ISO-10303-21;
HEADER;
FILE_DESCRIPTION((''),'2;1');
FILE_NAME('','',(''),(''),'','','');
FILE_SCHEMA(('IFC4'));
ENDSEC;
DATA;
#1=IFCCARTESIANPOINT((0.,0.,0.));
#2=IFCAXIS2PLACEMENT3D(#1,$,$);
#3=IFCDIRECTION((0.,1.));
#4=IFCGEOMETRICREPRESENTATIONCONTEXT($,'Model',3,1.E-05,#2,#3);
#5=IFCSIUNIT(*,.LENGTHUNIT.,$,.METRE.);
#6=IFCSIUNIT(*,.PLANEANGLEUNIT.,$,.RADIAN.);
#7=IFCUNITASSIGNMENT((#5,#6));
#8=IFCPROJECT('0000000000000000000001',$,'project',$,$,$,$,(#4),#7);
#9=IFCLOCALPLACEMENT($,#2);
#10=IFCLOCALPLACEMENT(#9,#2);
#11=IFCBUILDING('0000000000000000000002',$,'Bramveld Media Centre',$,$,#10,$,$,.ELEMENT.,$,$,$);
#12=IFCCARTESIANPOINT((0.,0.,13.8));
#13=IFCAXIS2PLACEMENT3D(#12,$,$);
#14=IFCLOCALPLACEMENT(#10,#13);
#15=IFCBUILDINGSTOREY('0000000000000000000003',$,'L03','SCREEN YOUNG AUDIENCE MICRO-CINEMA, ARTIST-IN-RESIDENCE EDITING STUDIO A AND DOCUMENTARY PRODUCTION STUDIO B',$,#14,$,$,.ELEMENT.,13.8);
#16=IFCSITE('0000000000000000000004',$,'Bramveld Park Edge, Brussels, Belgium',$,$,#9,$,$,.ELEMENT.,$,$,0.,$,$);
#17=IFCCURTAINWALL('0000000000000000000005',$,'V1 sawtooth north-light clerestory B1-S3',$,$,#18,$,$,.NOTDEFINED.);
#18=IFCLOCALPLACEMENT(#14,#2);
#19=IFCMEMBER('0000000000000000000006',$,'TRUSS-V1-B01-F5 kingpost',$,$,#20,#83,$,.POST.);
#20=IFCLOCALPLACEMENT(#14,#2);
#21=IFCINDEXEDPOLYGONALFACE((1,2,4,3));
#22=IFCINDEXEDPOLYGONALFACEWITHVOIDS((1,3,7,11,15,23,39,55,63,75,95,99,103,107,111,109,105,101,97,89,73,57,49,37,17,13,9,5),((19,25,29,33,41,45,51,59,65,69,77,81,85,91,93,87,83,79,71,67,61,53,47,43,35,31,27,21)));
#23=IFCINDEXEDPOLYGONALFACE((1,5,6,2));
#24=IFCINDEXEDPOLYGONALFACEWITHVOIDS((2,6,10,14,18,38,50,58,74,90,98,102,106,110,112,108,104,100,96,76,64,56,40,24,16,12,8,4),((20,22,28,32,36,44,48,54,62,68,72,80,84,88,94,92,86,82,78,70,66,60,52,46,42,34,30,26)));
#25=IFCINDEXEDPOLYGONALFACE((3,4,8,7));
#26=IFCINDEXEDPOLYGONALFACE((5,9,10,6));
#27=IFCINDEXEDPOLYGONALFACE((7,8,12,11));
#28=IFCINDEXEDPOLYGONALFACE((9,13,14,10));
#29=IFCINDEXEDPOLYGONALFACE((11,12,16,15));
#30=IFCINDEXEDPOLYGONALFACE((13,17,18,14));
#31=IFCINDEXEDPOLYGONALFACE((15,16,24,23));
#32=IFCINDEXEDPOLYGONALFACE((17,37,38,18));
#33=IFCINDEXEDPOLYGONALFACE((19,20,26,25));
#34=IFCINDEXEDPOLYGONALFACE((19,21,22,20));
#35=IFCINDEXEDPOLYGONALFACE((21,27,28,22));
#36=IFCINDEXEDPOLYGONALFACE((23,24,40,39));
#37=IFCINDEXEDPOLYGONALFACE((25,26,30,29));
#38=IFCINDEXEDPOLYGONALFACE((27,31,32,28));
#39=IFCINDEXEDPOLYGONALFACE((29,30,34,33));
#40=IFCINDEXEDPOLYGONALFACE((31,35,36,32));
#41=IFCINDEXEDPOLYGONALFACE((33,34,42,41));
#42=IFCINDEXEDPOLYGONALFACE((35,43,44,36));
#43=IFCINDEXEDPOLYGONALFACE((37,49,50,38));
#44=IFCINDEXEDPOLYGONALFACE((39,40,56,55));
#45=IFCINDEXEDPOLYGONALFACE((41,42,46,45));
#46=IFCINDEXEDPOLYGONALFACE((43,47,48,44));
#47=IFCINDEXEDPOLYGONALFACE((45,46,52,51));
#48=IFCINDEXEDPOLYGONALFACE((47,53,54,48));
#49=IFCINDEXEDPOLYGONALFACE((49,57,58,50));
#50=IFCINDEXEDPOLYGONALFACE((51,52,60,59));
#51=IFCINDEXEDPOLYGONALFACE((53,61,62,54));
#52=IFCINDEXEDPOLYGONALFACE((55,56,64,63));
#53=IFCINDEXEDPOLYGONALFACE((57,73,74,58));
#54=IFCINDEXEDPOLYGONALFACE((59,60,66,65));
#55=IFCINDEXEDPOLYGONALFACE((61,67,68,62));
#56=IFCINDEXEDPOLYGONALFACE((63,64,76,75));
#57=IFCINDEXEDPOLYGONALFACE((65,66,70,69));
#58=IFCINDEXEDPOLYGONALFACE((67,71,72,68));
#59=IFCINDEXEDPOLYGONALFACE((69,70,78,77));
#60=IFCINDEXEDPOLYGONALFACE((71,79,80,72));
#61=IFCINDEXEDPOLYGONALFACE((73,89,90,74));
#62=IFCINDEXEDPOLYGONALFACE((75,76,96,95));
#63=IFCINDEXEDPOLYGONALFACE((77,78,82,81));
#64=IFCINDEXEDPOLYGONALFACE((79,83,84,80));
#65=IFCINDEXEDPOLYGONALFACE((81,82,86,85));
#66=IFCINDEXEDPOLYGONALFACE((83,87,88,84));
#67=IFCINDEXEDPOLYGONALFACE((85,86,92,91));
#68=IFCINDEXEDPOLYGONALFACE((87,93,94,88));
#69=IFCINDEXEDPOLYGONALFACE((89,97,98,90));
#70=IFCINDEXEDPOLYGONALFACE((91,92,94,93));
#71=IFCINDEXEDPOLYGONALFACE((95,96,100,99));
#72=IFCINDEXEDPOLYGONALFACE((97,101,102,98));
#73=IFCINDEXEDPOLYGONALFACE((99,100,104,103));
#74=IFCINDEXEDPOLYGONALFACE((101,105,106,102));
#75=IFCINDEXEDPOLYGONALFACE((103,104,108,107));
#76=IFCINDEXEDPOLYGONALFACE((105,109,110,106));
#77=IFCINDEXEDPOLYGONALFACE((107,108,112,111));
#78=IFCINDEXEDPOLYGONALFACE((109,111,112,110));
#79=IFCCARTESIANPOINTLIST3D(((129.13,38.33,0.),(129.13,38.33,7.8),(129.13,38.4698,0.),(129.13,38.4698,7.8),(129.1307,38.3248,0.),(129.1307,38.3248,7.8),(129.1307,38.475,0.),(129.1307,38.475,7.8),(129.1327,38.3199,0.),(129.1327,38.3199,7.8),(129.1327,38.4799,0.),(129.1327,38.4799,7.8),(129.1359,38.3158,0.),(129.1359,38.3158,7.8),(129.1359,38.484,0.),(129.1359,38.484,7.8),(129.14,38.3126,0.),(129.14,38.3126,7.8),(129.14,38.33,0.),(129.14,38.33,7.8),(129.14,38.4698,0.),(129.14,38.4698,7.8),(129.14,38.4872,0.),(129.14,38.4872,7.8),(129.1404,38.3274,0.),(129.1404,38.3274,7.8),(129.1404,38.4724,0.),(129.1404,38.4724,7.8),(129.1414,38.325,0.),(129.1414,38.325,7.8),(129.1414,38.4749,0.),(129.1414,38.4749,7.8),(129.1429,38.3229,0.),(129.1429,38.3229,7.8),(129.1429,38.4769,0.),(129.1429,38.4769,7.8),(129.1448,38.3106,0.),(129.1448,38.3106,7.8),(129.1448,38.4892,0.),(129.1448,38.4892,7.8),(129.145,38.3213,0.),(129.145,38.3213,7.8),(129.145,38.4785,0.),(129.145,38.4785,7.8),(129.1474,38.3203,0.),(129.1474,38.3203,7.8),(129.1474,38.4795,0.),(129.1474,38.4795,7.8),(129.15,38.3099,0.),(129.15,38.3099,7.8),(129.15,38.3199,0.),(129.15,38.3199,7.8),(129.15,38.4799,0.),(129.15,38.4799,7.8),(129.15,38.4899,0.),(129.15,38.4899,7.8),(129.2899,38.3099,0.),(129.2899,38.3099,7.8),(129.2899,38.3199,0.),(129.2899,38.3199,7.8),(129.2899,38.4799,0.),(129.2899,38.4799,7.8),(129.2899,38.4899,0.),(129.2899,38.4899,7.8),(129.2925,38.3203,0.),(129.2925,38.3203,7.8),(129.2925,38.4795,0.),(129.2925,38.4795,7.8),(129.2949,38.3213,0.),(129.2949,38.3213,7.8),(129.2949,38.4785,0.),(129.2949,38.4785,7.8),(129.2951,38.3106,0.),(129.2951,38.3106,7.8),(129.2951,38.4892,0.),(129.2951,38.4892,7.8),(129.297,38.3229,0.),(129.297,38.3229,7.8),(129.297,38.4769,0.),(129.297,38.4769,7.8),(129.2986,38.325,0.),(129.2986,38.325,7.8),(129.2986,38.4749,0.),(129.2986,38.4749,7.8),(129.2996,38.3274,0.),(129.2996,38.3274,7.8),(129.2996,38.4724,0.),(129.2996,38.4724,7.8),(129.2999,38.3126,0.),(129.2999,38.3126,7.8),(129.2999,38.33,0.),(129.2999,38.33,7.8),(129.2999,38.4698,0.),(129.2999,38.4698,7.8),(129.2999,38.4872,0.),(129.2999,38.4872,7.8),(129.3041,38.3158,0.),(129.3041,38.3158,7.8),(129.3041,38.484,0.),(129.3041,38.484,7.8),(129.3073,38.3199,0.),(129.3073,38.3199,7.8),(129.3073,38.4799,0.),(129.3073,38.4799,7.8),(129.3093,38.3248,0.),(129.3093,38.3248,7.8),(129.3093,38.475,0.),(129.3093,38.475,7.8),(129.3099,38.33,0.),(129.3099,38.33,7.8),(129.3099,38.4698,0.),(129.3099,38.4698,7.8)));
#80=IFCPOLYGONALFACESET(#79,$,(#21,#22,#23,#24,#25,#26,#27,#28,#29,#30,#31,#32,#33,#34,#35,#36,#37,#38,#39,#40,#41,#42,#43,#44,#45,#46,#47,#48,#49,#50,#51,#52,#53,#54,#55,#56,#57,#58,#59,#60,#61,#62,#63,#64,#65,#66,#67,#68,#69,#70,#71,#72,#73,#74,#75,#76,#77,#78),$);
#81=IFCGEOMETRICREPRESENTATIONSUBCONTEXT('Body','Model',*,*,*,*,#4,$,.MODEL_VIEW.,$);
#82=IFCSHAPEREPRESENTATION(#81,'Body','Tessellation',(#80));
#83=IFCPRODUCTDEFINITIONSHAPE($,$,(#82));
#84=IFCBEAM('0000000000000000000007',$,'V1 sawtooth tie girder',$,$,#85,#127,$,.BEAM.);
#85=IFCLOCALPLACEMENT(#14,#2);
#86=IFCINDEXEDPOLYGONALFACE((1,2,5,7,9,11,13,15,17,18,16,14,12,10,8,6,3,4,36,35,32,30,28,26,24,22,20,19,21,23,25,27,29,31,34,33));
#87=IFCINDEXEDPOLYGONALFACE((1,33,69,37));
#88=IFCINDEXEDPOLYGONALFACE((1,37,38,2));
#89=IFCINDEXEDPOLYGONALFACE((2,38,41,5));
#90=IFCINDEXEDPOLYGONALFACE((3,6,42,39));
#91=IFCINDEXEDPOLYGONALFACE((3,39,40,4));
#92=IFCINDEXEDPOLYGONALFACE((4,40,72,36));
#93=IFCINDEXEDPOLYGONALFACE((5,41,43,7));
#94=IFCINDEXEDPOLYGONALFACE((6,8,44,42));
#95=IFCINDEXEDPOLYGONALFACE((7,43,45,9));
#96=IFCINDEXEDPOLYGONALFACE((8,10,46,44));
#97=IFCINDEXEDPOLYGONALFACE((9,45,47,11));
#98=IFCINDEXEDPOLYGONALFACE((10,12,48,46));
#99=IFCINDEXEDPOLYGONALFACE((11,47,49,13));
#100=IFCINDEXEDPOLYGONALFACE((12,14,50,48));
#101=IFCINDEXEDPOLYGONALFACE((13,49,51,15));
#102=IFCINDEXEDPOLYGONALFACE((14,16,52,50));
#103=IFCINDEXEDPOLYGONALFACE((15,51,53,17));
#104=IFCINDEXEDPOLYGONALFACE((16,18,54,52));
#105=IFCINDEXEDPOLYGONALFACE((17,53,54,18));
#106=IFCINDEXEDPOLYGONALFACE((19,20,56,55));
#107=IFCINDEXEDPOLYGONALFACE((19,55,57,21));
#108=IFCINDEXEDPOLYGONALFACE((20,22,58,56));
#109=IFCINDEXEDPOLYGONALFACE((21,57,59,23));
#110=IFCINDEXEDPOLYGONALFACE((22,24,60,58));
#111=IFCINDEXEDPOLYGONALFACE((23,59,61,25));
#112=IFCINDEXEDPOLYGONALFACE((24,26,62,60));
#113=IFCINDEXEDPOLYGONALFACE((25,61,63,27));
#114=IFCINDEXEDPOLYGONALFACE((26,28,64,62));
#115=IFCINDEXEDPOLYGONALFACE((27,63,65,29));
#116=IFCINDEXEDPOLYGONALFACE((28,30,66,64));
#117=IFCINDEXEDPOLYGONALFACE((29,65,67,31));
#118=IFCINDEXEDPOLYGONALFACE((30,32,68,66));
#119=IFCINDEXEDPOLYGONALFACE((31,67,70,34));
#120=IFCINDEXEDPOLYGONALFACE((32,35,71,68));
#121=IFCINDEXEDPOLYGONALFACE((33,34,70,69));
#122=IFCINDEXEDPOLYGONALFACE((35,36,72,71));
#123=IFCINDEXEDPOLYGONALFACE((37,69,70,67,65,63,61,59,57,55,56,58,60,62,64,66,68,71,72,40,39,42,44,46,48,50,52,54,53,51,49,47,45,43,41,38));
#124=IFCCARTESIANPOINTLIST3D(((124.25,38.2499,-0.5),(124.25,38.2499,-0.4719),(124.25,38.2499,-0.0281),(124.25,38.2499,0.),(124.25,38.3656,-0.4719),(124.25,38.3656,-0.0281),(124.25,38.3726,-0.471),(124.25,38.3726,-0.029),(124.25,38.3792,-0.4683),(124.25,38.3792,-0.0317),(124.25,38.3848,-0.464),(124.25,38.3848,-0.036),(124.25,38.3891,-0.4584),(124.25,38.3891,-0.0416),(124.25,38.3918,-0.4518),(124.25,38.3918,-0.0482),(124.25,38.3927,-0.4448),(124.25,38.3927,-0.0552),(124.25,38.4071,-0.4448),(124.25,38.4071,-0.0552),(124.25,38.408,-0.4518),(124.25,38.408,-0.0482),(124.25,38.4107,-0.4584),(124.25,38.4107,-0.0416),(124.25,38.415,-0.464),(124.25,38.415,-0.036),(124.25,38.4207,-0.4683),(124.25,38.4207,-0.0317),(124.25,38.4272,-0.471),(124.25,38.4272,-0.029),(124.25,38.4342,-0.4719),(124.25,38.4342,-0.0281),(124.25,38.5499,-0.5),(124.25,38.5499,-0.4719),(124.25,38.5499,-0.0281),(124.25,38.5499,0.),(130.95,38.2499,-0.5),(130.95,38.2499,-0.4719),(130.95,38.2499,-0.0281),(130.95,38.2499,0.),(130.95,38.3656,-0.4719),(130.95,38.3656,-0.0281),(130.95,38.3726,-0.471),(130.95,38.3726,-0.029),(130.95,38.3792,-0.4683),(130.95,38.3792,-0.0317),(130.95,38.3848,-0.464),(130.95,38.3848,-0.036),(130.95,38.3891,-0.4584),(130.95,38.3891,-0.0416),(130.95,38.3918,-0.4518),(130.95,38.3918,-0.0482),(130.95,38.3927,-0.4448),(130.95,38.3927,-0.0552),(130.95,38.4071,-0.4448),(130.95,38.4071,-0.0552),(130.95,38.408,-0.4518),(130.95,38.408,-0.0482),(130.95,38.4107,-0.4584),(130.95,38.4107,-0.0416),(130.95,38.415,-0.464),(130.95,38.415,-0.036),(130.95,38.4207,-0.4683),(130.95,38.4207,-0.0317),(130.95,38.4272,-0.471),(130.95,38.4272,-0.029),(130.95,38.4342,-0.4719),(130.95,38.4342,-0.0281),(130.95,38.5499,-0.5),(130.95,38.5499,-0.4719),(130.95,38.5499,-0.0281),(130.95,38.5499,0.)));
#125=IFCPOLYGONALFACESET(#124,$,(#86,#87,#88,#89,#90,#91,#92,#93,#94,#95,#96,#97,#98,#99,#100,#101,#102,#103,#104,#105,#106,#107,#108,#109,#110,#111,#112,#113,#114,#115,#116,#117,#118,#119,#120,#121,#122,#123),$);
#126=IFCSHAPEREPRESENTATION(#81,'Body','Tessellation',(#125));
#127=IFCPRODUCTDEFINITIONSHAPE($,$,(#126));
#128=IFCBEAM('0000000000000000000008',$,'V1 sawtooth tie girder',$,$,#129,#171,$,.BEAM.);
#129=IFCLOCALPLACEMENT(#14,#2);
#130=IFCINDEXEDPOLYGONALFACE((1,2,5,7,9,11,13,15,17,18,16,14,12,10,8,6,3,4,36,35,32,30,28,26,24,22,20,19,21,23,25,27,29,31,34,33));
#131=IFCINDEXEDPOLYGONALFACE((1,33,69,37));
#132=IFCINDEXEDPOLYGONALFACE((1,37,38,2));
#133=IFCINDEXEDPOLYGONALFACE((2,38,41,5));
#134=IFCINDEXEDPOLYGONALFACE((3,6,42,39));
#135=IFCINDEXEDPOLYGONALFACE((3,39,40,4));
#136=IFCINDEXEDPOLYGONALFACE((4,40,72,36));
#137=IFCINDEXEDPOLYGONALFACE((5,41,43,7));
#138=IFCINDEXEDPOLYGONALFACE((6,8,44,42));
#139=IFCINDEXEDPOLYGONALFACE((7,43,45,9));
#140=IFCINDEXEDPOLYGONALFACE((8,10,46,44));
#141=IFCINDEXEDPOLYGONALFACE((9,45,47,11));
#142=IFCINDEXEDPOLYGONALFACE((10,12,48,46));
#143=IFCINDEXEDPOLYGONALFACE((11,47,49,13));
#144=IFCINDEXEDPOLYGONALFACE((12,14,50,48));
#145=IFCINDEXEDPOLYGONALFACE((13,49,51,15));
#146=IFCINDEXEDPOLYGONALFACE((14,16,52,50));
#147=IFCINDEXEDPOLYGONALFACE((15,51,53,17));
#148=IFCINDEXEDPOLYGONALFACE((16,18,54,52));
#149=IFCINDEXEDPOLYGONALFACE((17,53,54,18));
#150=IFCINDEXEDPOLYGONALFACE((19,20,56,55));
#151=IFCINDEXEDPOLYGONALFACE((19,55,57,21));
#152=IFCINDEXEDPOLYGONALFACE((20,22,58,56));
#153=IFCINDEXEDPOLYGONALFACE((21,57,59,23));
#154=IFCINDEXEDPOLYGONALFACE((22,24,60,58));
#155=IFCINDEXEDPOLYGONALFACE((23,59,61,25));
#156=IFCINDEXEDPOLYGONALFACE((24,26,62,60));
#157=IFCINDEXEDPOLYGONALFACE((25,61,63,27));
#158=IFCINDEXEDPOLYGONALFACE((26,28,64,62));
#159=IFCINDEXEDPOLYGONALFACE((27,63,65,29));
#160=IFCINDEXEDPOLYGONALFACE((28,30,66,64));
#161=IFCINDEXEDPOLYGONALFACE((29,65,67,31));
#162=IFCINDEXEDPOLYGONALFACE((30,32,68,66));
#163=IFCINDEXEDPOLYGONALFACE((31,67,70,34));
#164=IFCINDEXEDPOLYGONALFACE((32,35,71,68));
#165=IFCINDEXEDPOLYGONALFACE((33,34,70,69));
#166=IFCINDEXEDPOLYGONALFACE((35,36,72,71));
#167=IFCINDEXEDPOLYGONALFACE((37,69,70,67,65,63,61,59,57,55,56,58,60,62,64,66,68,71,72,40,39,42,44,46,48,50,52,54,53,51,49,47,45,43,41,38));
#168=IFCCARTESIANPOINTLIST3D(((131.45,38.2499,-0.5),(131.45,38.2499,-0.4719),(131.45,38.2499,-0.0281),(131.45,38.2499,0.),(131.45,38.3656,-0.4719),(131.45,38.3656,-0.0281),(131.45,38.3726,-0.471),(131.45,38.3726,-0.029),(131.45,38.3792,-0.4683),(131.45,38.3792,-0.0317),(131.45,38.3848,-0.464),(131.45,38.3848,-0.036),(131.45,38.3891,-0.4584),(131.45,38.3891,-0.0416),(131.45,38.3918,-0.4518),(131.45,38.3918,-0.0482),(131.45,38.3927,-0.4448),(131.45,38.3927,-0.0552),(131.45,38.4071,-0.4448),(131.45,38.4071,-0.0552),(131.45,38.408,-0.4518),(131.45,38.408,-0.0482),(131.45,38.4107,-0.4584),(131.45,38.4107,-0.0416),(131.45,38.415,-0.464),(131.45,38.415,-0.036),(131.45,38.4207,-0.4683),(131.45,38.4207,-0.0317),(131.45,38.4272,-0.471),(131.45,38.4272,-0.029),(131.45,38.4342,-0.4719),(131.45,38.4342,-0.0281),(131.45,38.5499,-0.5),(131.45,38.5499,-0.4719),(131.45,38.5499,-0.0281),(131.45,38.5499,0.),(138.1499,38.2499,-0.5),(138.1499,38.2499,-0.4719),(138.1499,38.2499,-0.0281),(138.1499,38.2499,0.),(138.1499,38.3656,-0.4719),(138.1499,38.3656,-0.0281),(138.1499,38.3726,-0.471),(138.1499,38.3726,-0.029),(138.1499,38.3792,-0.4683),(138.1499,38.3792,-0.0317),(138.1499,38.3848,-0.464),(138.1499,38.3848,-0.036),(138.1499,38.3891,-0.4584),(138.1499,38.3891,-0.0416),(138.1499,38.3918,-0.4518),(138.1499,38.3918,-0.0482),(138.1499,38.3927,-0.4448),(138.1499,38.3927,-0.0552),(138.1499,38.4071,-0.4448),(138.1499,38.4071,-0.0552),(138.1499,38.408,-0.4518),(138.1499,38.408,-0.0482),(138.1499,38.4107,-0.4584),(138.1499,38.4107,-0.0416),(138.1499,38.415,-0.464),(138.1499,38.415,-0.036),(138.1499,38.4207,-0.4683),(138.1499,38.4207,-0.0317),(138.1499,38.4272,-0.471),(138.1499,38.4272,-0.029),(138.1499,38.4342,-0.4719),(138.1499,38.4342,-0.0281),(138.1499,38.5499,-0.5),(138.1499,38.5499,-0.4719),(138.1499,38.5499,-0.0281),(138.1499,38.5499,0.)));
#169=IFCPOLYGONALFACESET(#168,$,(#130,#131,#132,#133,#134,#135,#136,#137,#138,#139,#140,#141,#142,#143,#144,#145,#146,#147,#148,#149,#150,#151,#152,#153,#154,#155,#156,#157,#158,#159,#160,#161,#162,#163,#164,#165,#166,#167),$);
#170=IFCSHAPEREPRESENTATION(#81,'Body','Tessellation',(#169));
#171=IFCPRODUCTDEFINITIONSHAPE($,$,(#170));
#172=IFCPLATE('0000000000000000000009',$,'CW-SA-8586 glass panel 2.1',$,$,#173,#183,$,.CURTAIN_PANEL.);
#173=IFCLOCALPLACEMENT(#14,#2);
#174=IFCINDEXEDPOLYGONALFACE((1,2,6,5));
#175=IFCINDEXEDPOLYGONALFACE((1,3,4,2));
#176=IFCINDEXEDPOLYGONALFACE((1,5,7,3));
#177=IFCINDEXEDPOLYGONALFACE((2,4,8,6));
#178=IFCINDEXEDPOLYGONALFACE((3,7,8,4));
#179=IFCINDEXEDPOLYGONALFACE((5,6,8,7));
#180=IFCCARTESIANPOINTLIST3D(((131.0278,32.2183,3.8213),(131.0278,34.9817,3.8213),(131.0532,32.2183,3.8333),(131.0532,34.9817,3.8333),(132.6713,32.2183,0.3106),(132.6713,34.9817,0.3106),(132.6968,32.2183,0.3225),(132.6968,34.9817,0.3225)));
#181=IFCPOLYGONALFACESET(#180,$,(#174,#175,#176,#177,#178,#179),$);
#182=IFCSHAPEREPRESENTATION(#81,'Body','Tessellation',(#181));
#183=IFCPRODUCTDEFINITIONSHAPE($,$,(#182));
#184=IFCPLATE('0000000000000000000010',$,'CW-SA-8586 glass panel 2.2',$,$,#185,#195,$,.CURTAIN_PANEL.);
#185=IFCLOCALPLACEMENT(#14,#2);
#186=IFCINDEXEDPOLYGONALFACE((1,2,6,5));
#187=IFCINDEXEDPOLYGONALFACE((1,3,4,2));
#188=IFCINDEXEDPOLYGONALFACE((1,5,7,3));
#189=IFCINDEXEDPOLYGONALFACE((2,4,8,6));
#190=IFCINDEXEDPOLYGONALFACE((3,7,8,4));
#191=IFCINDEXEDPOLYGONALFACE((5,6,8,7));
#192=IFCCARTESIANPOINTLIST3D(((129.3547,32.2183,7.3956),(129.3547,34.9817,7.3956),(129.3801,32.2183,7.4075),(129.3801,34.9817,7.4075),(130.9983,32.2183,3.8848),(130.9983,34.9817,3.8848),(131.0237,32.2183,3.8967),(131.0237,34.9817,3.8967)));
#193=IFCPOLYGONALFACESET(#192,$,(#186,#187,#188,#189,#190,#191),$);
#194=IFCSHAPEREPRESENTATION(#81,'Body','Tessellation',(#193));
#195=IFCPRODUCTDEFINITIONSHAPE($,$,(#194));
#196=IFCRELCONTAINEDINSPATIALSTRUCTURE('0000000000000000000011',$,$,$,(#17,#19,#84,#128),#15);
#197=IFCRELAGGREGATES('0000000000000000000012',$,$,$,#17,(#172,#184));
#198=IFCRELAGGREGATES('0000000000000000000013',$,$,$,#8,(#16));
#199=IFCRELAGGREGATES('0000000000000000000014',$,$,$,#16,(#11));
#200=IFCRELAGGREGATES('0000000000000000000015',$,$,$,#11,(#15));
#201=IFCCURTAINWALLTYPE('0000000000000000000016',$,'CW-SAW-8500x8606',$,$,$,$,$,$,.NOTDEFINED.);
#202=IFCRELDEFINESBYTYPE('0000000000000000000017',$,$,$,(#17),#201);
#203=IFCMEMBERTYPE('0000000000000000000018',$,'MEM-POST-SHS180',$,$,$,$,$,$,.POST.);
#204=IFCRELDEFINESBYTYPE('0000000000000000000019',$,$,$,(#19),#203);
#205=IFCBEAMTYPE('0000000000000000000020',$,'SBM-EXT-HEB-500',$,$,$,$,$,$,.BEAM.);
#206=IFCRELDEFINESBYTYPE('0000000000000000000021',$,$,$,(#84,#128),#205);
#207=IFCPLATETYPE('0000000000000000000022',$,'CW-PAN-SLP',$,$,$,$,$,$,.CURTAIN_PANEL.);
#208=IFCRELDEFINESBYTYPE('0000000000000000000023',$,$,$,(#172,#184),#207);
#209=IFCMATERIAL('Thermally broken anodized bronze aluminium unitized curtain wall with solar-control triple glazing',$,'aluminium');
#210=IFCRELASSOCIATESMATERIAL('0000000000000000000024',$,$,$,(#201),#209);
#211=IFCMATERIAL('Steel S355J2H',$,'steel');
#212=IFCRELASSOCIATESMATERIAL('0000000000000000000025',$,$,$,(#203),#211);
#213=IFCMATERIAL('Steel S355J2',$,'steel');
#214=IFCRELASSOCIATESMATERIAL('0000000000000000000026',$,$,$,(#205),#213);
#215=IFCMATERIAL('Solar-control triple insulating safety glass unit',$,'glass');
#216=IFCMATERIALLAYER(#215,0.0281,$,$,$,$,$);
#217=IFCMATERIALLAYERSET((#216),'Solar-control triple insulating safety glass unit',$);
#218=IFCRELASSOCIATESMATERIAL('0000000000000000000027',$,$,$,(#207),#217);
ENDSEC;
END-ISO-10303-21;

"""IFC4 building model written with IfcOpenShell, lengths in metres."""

from ifc_helpers import new_model, si_unit, direction, frame, origin, origin_2d, place, context, subcontext, project, spatial, polyline, hollow_rectangle, i_section, outline, extrude, material, layer, layer_set, material_profile, profile_set, type_object, element, aggregate, save


model = new_model("IFC4")

# Units and contexts
model_context = context("Model", 3, precision=1e-05, world=origin(), true_north=direction((0.0, 1.0)))
body_context = subcontext(model_context, "Body", "Model", "MODEL_VIEW")
ifc_project = project(units=[si_unit("LENGTHUNIT", "METRE"), si_unit("PLANEANGLEUNIT", "RADIAN")], contexts=[model_context])

# Site, building, storey
site_placement = place(None, origin())
site = spatial("IfcSite", under=ifc_project, at=site_placement, Name="Bramveld Park Edge, Brussels, Belgium", CompositionType="ELEMENT", RefElevation=0.0)
building_placement = place(site_placement, origin())
building = spatial("IfcBuilding", under=site, at=building_placement, Name="Bramveld Media Centre", CompositionType="ELEMENT")
storey_placement = place(building_placement, frame((0.0, 0.0, 13.8)))
storey = spatial("IfcBuildingStorey", under=building, at=storey_placement, Name="L03", Description="SCREEN YOUNG AUDIENCE MICRO-CINEMA, ARTIST-IN-RESIDENCE EDITING STUDIO A AND DOCUMENTARY PRODUCTION STUDIO B", CompositionType="ELEMENT", Elevation=13.8)

# Curtain wall
ifc_material_1 = material(Name="Thermally broken anodized bronze aluminium unitized curtain wall with solar-control triple glazing", Category="aluminium")
curtain_wall_type = type_object("IfcCurtainWallType", Name="CW-SAW-8500x8606", PredefinedType="NOTDEFINED", material=ifc_material_1)
curtain_wall_placement = place(storey_placement, origin())
curtain_wall = element("IfcCurtainWall", 1, at=curtain_wall_placement, inside=storey, type_object=curtain_wall_type, Name="V1 sawtooth north-light clerestory B1-S3", PredefinedType="NOTDEFINED")

# Member
ifc_material_2 = material(Name="Steel S355J2H", Category="steel")
ifc_material_profile_1 = material_profile(ifc_material_2, hollow_rectangle(XDim=0.1799, YDim=0.1799, WallThickness=0.01, InnerFilletRadius=0.01, OuterFilletRadius=0.02, at=origin_2d()), Name="SHS 180x180x10")
ifc_profile_set_1 = profile_set([ifc_material_profile_1], Name="Steel S355J2H")
member_type_1 = type_object("IfcMemberType", Name="MEM-POST-SHS180", PredefinedType="POST", material=ifc_profile_set_1)
member_1_placement = place(storey_placement, frame((129.22, 38.3999, 0.0), z_axis=(0.0, 0.0, 1.0), x_axis=(1.0, 0.0, 0.0)))
element("IfcMember", 2, at=member_1_placement, inside=storey, type_object=member_type_1, Name="TRUSS-V1-B01-F5 kingpost", PredefinedType="POST", context=body_context, shape_type="SweptSolid", body=[
    extrude(hollow_rectangle(XDim=0.1799, YDim=0.1799, WallThickness=0.01, InnerFilletRadius=0.01, OuterFilletRadius=0.02, at=origin_2d()), origin(), (0.0, 0.0, 1.0), 7.8),
])

# Beams
ifc_material_3 = material(Name="Steel S355J2", Category="steel")
ifc_material_profile_2 = material_profile(ifc_material_3, i_section(OverallWidth=0.3, OverallDepth=0.5, WebThickness=0.0144, FlangeThickness=0.0281, FilletRadius=0.0271, at=origin_2d()), Name="HEB 500")
ifc_profile_set_2 = profile_set([ifc_material_profile_2], Name="Steel S355J2")
beam_type = type_object("IfcBeamType", Name="SBM-EXT-HEB-500", PredefinedType="BEAM", material=ifc_profile_set_2)
for number, where, z_axis, x_axis, name in (
    (3, (124.25, 38.3999, -0.25), (1.0, 0.0, 0.0), (0.0, 1.0, 0.0), "V1 sawtooth tie girder"),
    (4, (131.45, 38.3999, -0.25), (1.0, 0.0, 0.0), (0.0, 1.0, 0.0), "V1 sawtooth tie girder"),
):
    element("IfcBeam", number, at=place(storey_placement, frame(where, z_axis=z_axis, x_axis=x_axis)), inside=storey, type_object=beam_type, Name=name, PredefinedType="BEAM", context=body_context, shape_type="SweptSolid", body=[
        extrude(i_section(OverallWidth=0.3, OverallDepth=0.5, WebThickness=0.0144, FlangeThickness=0.0281, FilletRadius=0.0271, at=origin_2d()), origin(), (0.0, 0.0, 1.0), 6.7),
    ])

# Plates
ifc_material_4 = material(Name="Solar-control triple insulating safety glass unit", Category="glass")
ifc_layer_1 = layer(ifc_material_4, 0.0281)
ifc_layer_set_1 = layer_set([ifc_layer_1], Name="Solar-control triple insulating safety glass unit")
plate_type_1 = type_object("IfcPlateType", Name="CW-PAN-SLP", PredefinedType="CURTAIN_PANEL", material=ifc_layer_set_1)
plate_1_placement = place(storey_placement, frame((132.6968, 32.2183, 0.3225), z_axis=(0.905668, 0.0, 0.423988), x_axis=(0.0, 1.0, 0.0)))
plate_1 = element("IfcPlate", 5, at=plate_1_placement, type_object=plate_type_1, Name="CW-SA-8586 glass panel 2.1", PredefinedType="CURTAIN_PANEL", context=body_context, shape_type="SweptSolid", body=[
    extrude(outline(polyline([(0.0, 0.0), (2.7634, 0.0), (2.7634, 3.8764), (0.0, 3.8764), (0.0, 0.0)])), origin(), (0.0, 0.0, -1.0), 0.0281),
])
plate_2_placement = place(storey_placement, frame((131.0237, 32.2183, 3.8967), z_axis=(0.905668, 0.0, 0.423988), x_axis=(0.0, 1.0, 0.0)))
plate_2 = element("IfcPlate", 6, at=plate_2_placement, type_object=plate_type_1, Name="CW-SA-8586 glass panel 2.2", PredefinedType="CURTAIN_PANEL", context=body_context, shape_type="SweptSolid", body=[
    extrude(outline(polyline([(0.0, 0.0), (2.7634, 0.0), (2.7634, 3.8764), (0.0, 3.8764), (0.0, 0.0)])), origin(), (0.0, 0.0, -1.0), 0.0281),
])
aggregate(curtain_wall, [plate_1, plate_2])

save(model, "model.ifc")
